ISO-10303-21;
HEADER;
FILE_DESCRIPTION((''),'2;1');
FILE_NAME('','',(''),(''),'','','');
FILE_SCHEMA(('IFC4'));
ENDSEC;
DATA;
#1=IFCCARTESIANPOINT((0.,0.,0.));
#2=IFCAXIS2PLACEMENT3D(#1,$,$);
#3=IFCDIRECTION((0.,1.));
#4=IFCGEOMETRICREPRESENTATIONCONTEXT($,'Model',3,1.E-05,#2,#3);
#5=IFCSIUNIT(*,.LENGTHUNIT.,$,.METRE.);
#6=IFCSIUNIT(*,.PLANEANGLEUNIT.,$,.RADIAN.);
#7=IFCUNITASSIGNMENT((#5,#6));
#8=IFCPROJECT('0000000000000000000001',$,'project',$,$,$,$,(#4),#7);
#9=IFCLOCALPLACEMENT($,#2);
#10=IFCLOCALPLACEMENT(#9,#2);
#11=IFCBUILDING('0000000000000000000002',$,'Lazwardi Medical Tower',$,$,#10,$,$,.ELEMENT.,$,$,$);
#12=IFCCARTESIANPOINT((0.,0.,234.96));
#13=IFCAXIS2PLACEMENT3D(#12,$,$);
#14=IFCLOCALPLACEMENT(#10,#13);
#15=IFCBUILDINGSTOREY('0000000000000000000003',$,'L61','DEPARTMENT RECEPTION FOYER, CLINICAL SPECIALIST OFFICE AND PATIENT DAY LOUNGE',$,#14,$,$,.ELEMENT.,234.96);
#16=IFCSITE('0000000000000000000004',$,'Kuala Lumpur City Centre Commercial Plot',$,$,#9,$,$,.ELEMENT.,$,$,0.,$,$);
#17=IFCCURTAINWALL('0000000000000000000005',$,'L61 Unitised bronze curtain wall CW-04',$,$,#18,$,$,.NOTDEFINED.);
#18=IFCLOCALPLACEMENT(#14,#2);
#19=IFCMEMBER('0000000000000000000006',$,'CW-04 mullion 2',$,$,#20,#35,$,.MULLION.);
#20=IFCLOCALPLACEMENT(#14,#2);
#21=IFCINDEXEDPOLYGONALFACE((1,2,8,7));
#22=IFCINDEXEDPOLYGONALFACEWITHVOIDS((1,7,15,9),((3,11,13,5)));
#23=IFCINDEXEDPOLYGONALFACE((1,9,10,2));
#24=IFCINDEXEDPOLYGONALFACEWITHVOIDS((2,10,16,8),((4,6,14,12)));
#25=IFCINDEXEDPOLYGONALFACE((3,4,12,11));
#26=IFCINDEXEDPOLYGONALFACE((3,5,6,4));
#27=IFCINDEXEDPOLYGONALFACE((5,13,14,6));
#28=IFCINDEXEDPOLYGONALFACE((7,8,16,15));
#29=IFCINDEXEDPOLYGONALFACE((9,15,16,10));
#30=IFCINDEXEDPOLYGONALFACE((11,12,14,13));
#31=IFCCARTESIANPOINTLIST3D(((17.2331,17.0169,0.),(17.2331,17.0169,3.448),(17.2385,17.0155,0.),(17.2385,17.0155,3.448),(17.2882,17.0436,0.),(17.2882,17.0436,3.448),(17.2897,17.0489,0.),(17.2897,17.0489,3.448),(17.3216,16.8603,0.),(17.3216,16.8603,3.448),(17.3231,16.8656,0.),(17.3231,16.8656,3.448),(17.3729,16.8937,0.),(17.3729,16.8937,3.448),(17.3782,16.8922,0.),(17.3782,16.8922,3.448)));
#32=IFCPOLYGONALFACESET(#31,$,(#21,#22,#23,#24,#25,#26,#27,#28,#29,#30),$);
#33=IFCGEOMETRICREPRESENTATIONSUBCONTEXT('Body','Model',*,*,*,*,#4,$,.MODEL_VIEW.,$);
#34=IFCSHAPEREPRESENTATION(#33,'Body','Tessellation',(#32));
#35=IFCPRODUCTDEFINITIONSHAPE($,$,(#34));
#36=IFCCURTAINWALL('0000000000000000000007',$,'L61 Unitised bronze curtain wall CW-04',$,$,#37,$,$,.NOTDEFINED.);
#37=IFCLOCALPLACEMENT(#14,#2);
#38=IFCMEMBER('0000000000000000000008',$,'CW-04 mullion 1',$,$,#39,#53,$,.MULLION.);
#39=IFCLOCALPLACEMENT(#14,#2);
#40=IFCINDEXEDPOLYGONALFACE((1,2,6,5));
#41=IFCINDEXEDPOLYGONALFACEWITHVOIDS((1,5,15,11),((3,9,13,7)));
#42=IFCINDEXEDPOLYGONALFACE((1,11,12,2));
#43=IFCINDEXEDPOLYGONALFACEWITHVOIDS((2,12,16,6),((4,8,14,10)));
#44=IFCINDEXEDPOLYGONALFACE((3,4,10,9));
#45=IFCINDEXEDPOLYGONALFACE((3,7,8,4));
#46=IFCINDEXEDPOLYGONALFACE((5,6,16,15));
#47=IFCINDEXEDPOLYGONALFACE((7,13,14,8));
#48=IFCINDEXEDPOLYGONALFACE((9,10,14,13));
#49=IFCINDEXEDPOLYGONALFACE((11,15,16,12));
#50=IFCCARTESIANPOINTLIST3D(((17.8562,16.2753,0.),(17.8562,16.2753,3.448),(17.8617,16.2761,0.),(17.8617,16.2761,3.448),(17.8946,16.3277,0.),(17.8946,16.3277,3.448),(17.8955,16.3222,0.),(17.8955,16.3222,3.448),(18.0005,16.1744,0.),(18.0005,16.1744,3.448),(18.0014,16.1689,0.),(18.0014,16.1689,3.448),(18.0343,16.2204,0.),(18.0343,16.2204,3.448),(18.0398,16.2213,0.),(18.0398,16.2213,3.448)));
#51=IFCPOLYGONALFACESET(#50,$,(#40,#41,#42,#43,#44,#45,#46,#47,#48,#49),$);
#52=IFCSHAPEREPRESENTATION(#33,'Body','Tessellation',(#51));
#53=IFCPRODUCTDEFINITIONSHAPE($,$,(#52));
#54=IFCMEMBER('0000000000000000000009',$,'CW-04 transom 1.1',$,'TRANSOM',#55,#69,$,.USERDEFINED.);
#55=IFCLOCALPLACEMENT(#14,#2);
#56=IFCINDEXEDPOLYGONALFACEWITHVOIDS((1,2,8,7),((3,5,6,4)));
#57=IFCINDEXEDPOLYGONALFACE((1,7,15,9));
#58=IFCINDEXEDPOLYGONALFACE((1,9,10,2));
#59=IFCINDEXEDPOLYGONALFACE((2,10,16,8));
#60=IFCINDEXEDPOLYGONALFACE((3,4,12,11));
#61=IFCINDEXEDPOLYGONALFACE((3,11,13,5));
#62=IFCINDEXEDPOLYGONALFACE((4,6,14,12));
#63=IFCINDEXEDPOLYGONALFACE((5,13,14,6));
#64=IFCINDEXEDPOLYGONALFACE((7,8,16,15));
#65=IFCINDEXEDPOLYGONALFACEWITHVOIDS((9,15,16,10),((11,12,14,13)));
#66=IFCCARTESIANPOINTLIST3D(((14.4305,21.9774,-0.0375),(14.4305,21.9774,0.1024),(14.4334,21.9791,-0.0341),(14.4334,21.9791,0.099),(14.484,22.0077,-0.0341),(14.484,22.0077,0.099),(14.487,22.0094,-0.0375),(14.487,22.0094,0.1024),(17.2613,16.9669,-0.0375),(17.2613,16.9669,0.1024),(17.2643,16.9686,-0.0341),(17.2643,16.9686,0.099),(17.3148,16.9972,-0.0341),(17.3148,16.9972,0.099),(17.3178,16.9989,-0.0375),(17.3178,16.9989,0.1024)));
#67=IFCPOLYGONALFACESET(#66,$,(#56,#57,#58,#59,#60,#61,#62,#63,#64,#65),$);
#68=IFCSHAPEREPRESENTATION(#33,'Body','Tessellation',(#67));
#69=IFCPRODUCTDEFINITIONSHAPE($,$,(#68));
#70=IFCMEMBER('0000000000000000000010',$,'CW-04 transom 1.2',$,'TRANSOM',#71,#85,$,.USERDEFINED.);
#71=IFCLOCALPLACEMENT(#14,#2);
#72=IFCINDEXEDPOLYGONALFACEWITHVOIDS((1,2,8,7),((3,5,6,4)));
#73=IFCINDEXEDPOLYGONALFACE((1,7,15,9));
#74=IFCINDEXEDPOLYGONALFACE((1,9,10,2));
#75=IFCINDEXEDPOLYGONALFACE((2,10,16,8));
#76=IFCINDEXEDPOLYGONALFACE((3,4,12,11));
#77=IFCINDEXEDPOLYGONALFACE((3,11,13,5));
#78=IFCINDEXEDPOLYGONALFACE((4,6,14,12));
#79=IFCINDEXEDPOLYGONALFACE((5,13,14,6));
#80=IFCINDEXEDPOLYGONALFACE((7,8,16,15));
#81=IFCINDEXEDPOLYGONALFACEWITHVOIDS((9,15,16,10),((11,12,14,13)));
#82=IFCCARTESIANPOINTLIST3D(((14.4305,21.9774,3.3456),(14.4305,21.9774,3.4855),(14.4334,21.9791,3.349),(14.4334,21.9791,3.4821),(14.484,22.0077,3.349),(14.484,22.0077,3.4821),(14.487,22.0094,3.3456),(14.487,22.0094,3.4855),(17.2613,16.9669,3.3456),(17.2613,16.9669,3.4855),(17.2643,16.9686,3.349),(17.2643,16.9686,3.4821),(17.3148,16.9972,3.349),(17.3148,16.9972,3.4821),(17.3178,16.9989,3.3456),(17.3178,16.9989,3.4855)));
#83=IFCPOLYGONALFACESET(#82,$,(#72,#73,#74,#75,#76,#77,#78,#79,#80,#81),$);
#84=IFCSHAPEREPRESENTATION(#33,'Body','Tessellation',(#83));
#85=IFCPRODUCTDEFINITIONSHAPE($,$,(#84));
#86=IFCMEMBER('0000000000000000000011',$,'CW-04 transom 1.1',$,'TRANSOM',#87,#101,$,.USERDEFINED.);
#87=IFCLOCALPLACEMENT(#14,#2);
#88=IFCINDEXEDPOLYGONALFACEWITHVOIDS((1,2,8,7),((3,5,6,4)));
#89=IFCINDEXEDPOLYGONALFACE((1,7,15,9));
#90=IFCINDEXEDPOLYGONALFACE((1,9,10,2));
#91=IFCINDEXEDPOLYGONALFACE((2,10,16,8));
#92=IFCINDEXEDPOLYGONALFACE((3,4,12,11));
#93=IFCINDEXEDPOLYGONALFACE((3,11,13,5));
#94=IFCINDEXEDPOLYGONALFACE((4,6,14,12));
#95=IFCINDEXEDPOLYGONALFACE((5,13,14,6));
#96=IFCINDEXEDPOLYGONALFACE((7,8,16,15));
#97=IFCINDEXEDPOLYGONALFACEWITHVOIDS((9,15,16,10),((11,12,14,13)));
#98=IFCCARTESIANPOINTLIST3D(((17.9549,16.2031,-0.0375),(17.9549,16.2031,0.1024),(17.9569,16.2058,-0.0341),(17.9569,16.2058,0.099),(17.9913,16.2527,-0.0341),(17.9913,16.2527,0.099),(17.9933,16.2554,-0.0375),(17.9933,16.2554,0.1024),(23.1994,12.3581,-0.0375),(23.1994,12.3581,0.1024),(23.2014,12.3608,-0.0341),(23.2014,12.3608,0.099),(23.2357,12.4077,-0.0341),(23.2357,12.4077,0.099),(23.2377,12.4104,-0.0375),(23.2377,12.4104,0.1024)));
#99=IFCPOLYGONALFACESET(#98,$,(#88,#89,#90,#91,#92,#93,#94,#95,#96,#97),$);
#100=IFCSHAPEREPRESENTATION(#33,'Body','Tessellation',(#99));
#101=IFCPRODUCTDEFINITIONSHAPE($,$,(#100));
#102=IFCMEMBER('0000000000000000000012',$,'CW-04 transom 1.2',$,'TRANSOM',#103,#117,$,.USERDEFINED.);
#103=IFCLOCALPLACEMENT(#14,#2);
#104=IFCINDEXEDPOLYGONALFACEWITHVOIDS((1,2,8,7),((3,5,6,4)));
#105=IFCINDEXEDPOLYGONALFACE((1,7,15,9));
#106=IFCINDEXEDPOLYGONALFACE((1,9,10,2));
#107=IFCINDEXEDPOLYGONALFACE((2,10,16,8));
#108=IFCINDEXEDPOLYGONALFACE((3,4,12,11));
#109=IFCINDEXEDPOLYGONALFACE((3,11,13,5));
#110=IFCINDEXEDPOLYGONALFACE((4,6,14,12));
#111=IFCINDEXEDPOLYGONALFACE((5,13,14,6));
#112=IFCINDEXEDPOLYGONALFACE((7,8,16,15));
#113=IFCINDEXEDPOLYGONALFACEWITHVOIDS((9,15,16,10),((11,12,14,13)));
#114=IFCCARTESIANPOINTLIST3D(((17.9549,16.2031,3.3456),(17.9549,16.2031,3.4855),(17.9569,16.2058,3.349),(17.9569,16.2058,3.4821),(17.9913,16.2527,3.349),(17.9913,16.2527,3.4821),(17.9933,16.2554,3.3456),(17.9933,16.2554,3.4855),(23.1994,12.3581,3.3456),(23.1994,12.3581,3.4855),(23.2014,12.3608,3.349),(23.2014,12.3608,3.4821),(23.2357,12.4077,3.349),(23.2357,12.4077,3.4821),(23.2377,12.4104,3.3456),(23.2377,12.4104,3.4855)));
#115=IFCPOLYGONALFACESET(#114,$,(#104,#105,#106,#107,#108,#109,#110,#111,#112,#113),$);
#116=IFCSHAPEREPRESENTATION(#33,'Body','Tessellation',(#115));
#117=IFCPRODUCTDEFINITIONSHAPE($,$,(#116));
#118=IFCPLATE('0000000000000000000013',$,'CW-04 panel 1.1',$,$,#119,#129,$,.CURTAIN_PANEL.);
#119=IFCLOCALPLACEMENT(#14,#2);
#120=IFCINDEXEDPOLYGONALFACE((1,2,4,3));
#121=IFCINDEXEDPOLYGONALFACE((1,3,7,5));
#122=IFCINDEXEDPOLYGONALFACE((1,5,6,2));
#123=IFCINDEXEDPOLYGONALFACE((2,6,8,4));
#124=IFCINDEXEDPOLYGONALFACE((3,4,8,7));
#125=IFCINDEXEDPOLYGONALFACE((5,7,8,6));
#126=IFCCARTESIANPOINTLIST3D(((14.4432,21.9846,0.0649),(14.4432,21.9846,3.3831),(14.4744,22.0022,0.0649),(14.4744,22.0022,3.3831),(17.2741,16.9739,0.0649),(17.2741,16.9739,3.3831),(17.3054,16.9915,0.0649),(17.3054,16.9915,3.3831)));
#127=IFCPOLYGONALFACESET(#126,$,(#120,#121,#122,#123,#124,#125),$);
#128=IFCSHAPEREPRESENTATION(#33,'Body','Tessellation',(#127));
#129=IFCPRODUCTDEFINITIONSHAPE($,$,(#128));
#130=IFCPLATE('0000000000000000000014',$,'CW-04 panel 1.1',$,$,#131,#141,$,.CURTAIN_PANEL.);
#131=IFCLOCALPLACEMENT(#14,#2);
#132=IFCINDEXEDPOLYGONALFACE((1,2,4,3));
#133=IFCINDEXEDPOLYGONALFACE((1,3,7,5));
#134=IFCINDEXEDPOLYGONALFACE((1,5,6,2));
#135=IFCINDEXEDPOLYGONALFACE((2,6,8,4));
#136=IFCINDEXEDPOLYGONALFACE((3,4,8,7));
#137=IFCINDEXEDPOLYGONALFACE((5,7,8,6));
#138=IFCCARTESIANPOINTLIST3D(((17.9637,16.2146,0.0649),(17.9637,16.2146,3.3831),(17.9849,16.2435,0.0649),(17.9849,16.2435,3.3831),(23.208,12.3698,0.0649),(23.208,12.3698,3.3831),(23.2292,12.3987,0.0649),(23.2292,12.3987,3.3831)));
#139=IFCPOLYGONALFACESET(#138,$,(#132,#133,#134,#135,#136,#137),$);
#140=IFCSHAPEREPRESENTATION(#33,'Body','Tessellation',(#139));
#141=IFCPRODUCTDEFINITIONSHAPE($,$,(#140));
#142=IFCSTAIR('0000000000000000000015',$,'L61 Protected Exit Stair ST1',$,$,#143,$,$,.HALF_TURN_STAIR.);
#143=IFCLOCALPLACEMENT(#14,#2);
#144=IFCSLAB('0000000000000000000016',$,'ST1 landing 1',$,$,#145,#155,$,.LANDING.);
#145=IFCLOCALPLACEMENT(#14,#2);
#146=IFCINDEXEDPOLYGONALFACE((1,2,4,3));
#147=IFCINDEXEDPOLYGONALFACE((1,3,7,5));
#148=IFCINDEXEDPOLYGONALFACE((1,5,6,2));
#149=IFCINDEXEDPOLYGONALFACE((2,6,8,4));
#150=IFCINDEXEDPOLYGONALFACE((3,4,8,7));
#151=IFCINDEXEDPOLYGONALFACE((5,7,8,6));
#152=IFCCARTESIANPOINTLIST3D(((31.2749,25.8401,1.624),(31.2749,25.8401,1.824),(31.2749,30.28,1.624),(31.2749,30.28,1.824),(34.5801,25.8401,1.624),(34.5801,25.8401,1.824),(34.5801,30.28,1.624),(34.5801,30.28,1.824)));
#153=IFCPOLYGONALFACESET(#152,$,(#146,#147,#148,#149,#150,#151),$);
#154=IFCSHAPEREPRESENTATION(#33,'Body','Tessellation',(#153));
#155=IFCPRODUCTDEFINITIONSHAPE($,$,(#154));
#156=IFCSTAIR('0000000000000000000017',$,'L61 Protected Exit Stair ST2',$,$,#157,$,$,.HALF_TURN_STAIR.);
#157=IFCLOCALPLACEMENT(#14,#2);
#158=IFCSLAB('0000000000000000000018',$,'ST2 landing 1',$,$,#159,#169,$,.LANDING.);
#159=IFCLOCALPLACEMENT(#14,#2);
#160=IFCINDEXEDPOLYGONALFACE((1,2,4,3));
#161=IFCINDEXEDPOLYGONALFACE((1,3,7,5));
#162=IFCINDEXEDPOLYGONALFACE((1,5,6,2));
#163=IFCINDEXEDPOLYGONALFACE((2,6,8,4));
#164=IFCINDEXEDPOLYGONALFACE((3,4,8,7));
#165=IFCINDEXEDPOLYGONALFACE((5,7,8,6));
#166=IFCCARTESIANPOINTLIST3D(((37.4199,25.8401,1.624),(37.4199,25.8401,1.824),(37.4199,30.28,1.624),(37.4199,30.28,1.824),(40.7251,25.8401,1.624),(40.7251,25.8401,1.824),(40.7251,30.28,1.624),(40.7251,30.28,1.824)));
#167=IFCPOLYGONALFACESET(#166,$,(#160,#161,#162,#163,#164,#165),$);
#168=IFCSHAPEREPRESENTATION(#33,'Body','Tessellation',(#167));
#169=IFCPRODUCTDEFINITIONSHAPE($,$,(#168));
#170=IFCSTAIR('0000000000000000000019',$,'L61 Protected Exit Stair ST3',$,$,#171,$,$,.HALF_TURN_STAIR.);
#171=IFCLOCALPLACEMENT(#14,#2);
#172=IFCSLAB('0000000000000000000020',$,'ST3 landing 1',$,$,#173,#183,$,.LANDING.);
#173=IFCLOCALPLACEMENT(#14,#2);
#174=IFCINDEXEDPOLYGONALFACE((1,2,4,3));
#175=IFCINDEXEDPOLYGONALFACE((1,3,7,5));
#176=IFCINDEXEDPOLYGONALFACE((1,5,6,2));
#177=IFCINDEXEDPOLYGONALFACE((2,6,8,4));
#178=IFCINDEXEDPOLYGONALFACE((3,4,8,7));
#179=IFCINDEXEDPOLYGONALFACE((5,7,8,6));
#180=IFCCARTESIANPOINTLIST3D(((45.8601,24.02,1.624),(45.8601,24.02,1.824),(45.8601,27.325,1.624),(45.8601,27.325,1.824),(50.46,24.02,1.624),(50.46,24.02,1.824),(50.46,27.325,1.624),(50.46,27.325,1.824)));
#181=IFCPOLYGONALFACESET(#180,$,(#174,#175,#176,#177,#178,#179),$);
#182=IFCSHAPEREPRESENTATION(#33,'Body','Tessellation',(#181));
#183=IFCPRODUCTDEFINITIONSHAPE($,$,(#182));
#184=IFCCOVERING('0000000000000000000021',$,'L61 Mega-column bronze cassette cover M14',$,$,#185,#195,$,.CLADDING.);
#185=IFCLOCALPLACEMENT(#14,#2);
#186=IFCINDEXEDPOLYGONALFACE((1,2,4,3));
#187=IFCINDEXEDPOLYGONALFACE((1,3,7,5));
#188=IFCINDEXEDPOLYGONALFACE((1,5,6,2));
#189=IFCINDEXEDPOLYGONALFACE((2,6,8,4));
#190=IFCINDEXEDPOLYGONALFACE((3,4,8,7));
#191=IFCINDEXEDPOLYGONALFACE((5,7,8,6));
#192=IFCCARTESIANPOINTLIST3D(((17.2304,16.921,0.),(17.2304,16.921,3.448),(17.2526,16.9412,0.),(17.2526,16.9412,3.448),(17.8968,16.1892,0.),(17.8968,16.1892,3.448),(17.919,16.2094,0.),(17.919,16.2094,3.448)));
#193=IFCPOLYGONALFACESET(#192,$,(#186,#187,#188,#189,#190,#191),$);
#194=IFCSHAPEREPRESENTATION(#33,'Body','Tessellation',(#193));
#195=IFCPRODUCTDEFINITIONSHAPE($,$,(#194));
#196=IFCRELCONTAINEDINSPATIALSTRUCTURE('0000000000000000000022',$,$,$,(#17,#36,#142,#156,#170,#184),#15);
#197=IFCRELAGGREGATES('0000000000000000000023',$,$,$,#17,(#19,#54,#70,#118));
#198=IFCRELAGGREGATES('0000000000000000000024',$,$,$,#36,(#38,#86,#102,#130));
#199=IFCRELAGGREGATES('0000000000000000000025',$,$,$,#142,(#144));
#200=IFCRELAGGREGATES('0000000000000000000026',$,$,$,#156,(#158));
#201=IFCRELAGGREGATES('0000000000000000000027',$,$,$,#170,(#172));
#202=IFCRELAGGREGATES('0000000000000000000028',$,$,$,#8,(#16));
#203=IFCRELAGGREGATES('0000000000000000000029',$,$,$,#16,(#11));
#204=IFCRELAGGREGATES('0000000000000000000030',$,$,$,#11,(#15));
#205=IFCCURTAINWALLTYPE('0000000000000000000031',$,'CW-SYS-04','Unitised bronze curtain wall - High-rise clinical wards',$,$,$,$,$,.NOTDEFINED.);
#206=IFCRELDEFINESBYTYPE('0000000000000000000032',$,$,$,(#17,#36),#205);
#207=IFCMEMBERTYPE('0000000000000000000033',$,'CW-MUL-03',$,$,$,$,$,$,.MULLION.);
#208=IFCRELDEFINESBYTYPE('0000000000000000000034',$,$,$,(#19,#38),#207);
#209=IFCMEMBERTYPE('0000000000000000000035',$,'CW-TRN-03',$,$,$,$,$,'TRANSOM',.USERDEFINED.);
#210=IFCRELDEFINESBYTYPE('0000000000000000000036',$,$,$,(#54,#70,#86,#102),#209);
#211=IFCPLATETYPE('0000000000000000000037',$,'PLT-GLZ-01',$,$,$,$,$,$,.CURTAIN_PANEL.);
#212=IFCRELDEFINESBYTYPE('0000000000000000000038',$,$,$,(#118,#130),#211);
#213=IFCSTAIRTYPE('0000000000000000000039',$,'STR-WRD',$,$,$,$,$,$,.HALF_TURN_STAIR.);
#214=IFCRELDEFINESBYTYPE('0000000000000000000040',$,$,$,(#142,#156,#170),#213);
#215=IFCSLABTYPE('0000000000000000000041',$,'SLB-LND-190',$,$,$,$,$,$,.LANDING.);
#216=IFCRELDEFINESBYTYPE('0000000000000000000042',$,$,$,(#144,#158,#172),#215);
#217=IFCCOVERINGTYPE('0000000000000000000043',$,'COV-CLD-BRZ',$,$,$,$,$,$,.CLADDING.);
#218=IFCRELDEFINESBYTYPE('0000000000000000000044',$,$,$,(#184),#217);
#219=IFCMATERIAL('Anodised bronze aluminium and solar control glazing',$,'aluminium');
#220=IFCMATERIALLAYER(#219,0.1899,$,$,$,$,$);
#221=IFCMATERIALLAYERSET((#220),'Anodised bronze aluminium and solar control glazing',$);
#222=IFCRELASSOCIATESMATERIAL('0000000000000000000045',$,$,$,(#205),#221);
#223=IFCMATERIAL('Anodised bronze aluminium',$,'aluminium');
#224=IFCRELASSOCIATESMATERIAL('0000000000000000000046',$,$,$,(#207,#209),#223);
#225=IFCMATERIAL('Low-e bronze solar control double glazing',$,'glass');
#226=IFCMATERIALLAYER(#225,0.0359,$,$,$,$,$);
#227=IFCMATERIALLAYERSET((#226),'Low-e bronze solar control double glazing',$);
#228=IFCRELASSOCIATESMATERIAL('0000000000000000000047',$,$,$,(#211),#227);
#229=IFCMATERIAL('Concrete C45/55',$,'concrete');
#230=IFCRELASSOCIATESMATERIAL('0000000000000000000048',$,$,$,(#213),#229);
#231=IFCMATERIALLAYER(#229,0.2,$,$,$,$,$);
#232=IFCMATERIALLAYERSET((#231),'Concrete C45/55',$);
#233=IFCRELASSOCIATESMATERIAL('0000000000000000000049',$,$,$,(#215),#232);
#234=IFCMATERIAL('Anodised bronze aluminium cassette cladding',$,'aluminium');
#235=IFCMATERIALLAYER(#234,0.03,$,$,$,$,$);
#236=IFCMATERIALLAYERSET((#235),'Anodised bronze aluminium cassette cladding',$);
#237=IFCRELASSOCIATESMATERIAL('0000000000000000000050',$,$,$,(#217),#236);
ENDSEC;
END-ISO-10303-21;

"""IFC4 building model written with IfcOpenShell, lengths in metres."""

from ifc_helpers import new_model, si_unit, direction, frame, origin, origin_2d, place, context, subcontext, project, spatial, polyline, rectangle, hollow_rectangle, outline, extrude, material, layer, layer_set, material_profile, profile_set, type_object, element, aggregate, save


model = new_model("IFC4")

# Units and contexts
model_context = context("Model", 3, precision=1e-05, world=origin(), true_north=direction((0.0, 1.0)))
body_context = subcontext(model_context, "Body", "Model", "MODEL_VIEW")
ifc_project = project(units=[si_unit("LENGTHUNIT", "METRE"), si_unit("PLANEANGLEUNIT", "RADIAN")], contexts=[model_context])

# Site, building, storey
site_placement = place(None, origin())
site = spatial("IfcSite", under=ifc_project, at=site_placement, Name="Kuala Lumpur City Centre Commercial Plot", CompositionType="ELEMENT", RefElevation=0.0)
building_placement = place(site_placement, origin())
building = spatial("IfcBuilding", under=site, at=building_placement, Name="Lazwardi Medical Tower", CompositionType="ELEMENT")
storey_placement = place(building_placement, frame((0.0, 0.0, 234.96)))
storey = spatial("IfcBuildingStorey", under=building, at=storey_placement, Name="L61", Description="DEPARTMENT RECEPTION FOYER, CLINICAL SPECIALIST OFFICE AND PATIENT DAY LOUNGE", CompositionType="ELEMENT", Elevation=234.96)

# Curtain walls, members
ifc_material_1 = material(Name="Anodised bronze aluminium and solar control glazing", Category="aluminium")
ifc_layer_1 = layer(ifc_material_1, 0.1899)
ifc_layer_set_1 = layer_set([ifc_layer_1], Name="Anodised bronze aluminium and solar control glazing")
curtain_wall_type = type_object("IfcCurtainWallType", Name="CW-SYS-04", Description="Unitised bronze curtain wall - High-rise clinical wards", PredefinedType="NOTDEFINED", material=ifc_layer_set_1)
curtain_wall_1_placement = place(storey_placement, origin())
curtain_wall_1 = element("IfcCurtainWall", 1, at=curtain_wall_1_placement, inside=storey, type_object=curtain_wall_type, Name="L61 Unitised bronze curtain wall CW-04", PredefinedType="NOTDEFINED")
ifc_material_2 = material(Name="Anodised bronze aluminium", Category="aluminium")
ifc_material_profile_1 = material_profile(ifc_material_2, hollow_rectangle(XDim=0.0649, YDim=0.1799, WallThickness=0.0039, at=origin_2d()), Name="ALU-MULLION 180x65x4")
ifc_profile_set_1 = profile_set([ifc_material_profile_1], Name="Anodised bronze aluminium")
member_type_1 = type_object("IfcMemberType", Name="CW-MUL-03", PredefinedType="MULLION", material=ifc_profile_set_1)
member_1_placement = place(storey_placement, frame((17.3057, 16.9546, 0.0), z_axis=(0.0, 0.0, 1.0), x_axis=(0.870651, 0.4919, 0.0)))
member_1 = element("IfcMember", 2, at=member_1_placement, type_object=member_type_1, Name="CW-04 mullion 2", PredefinedType="MULLION", context=body_context, shape_type="SweptSolid", body=[
    extrude(hollow_rectangle(XDim=0.0649, YDim=0.1799, WallThickness=0.0039, at=origin_2d()), origin(), (0.0, 0.0, 1.0), 3.448),
])
curtain_wall_2_placement = place(storey_placement, origin())
curtain_wall_2 = element("IfcCurtainWall", 3, at=curtain_wall_2_placement, inside=storey, type_object=curtain_wall_type, Name="L61 Unitised bronze curtain wall CW-04", PredefinedType="NOTDEFINED")
member_2_placement = place(storey_placement, frame((17.948, 16.2483, 0.0), z_axis=(0.0, 0.0, 1.0), x_axis=(0.591268, 0.806475, 0.0)))
member_2 = element("IfcMember", 4, at=member_2_placement, type_object=member_type_1, Name="CW-04 mullion 1", PredefinedType="MULLION", context=body_context, shape_type="SweptSolid", body=[
    extrude(hollow_rectangle(XDim=0.0649, YDim=0.1799, WallThickness=0.0039, at=origin_2d()), origin(), (0.0, 0.0, 1.0), 3.448),
])

# Members
ifc_material_profile_2 = material_profile(ifc_material_2, hollow_rectangle(XDim=0.0649, YDim=0.1399, WallThickness=0.0034, at=origin_2d()), Name="ALU-TRANSOM 140x65x3.5")
ifc_profile_set_2 = profile_set([ifc_material_profile_2], Name="Anodised bronze aluminium")
member_type_2 = type_object("IfcMemberType", Name="CW-TRN-03", ElementType="TRANSOM", PredefinedType="USERDEFINED", material=ifc_profile_set_2)
member_3_placement = place(storey_placement, frame((14.4587, 21.9934, 0.0325), z_axis=(0.491898, -0.870653, 0.0), x_axis=(0.870653, 0.491898, 0.0)))
member_3 = element("IfcMember", 5, at=member_3_placement, type_object=member_type_2, Name="CW-04 transom 1.1", ObjectType="TRANSOM", PredefinedType="USERDEFINED", context=body_context, shape_type="SweptSolid", body=[
    extrude(hollow_rectangle(XDim=0.0649, YDim=0.1399, WallThickness=0.0034, at=origin_2d()), origin(), (0.0, 0.0, 1.0), 5.7549),
])
member_4_placement = place(storey_placement, frame((14.4587, 21.9934, 3.4155), z_axis=(0.491898, -0.870653, 0.0), x_axis=(0.870653, 0.491898, 0.0)))
member_4 = element("IfcMember", 6, at=member_4_placement, type_object=member_type_2, Name="CW-04 transom 1.2", ObjectType="TRANSOM", PredefinedType="USERDEFINED", context=body_context, shape_type="SweptSolid", body=[
    extrude(hollow_rectangle(XDim=0.0649, YDim=0.1399, WallThickness=0.0034, at=origin_2d()), origin(), (0.0, 0.0, 1.0), 5.7549),
])
member_5_placement = place(storey_placement, frame((17.9741, 16.2292, 0.0325), z_axis=(0.806472, -0.591273, 0.0), x_axis=(0.591273, 0.806472, 0.0)))
member_5 = element("IfcMember", 7, at=member_5_placement, type_object=member_type_2, Name="CW-04 transom 1.1", ObjectType="TRANSOM", PredefinedType="USERDEFINED", context=body_context, shape_type="SweptSolid", body=[
    extrude(hollow_rectangle(XDim=0.0649, YDim=0.1399, WallThickness=0.0034, at=origin_2d()), origin(), (0.0, 0.0, 1.0), 6.5029),
])
member_6_placement = place(storey_placement, frame((17.9741, 16.2292, 3.4155), z_axis=(0.806472, -0.591273, 0.0), x_axis=(0.591273, 0.806472, 0.0)))
member_6 = element("IfcMember", 8, at=member_6_placement, type_object=member_type_2, Name="CW-04 transom 1.2", ObjectType="TRANSOM", PredefinedType="USERDEFINED", context=body_context, shape_type="SweptSolid", body=[
    extrude(hollow_rectangle(XDim=0.0649, YDim=0.1399, WallThickness=0.0034, at=origin_2d()), origin(), (0.0, 0.0, 1.0), 6.5029),
])

# Plates
ifc_material_3 = material(Name="Low-e bronze solar control double glazing", Category="glass")
ifc_layer_2 = layer(ifc_material_3, 0.0359)
ifc_layer_set_2 = layer_set([ifc_layer_2], Name="Low-e bronze solar control double glazing")
plate_type = type_object("IfcPlateType", Name="PLT-GLZ-01", PredefinedType="CURTAIN_PANEL", material=ifc_layer_set_2)
plate_1_placement = place(storey_placement, frame((15.8743, 19.488, 0.0649), z_axis=(0.0, 0.0, 1.0), x_axis=(0.4919, -0.870651, 0.0)))
plate_1 = element("IfcPlate", 9, at=plate_1_placement, type_object=plate_type, Name="CW-04 panel 1.1", PredefinedType="CURTAIN_PANEL", context=body_context, shape_type="SweptSolid", body=[
    extrude(rectangle(XDim=5.7551, YDim=0.0359, at=origin_2d()), origin(), (0.0, 0.0, 1.0), 3.3181),
])
aggregate(curtain_wall_1, [member_1, member_3, member_4, plate_1])
plate_2_placement = place(storey_placement, frame((20.5964, 14.3066, 0.0649), z_axis=(0.0, 0.0, 1.0), x_axis=(0.806475, -0.591268, 0.0)))
plate_2 = element("IfcPlate", 10, at=plate_2_placement, type_object=plate_type, Name="CW-04 panel 1.1", PredefinedType="CURTAIN_PANEL", context=body_context, shape_type="SweptSolid", body=[
    extrude(rectangle(XDim=6.5027, YDim=0.0359, at=origin_2d()), origin(), (0.0, 0.0, 1.0), 3.3181),
])
aggregate(curtain_wall_2, [member_2, member_5, member_6, plate_2])

# Stairs, slabs
ifc_material_4 = material(Name="Concrete C45/55", Category="concrete")
stair_type = type_object("IfcStairType", Name="STR-WRD", PredefinedType="HALF_TURN_STAIR", material=ifc_material_4)
stair_1_placement = place(storey_placement, origin())
stair_1 = element("IfcStair", 11, at=stair_1_placement, inside=storey, type_object=stair_type, Name="L61 Protected Exit Stair ST1", PredefinedType="HALF_TURN_STAIR")
ifc_layer_3 = layer(ifc_material_4, 0.2)
ifc_layer_set_3 = layer_set([ifc_layer_3], Name="Concrete C45/55")
slab_type = type_object("IfcSlabType", Name="SLB-LND-190", PredefinedType="LANDING", material=ifc_layer_set_3)
slab_1_placement = place(storey_placement, frame((0.0, 0.0, 1.624)))
slab_1 = element("IfcSlab", 12, at=slab_1_placement, type_object=slab_type, Name="ST1 landing 1", PredefinedType="LANDING", context=body_context, shape_type="SweptSolid", body=[
    extrude(outline(polyline([(31.2749, 25.8401), (34.5801, 25.8401), (34.5801, 30.28), (31.2749, 30.28), (31.2749, 25.8401)])), origin(), (0.0, 0.0, 1.0), 0.2),
])
aggregate(stair_1, [slab_1])
stair_2_placement = place(storey_placement, origin())
stair_2 = element("IfcStair", 13, at=stair_2_placement, inside=storey, type_object=stair_type, Name="L61 Protected Exit Stair ST2", PredefinedType="HALF_TURN_STAIR")
slab_2_placement = place(storey_placement, frame((0.0, 0.0, 1.624)))
slab_2 = element("IfcSlab", 14, at=slab_2_placement, type_object=slab_type, Name="ST2 landing 1", PredefinedType="LANDING", context=body_context, shape_type="SweptSolid", body=[
    extrude(outline(polyline([(40.7251, 30.28), (37.4199, 30.28), (37.4199, 25.8401), (40.7251, 25.8401), (40.7251, 30.28)])), origin(), (0.0, 0.0, 1.0), 0.2),
])
aggregate(stair_2, [slab_2])
stair_3_placement = place(storey_placement, origin())
stair_3 = element("IfcStair", 15, at=stair_3_placement, inside=storey, type_object=stair_type, Name="L61 Protected Exit Stair ST3", PredefinedType="HALF_TURN_STAIR")
slab_3_placement = place(storey_placement, frame((0.0, 0.0, 1.624)))
slab_3 = element("IfcSlab", 16, at=slab_3_placement, type_object=slab_type, Name="ST3 landing 1", PredefinedType="LANDING", context=body_context, shape_type="SweptSolid", body=[
    extrude(outline(polyline([(45.8601, 27.325), (45.8601, 24.02), (50.46, 24.02), (50.46, 27.325), (45.8601, 27.325)])), origin(), (0.0, 0.0, 1.0), 0.2),
])
aggregate(stair_3, [slab_3])

# Covering
ifc_material_5 = material(Name="Anodised bronze aluminium cassette cladding", Category="aluminium")
ifc_layer_4 = layer(ifc_material_5, 0.03)
ifc_layer_set_4 = layer_set([ifc_layer_4], Name="Anodised bronze aluminium cassette cladding")
covering_type_1 = type_object("IfcCoveringType", Name="COV-CLD-BRZ", PredefinedType="CLADDING", material=ifc_layer_set_4)
covering_1_placement = place(storey_placement, frame((17.5747, 16.5652, 0.0), z_axis=(0.0, 0.0, 1.0), x_axis=(0.673241, -0.739423, 0.0)))
element("IfcCovering", 17, at=covering_1_placement, inside=storey, type_object=covering_type_1, Name="L61 Mega-column bronze cassette cover M14", PredefinedType="CLADDING", context=body_context, shape_type="SweptSolid", body=[
    extrude(rectangle(XDim=0.9897, YDim=0.03, at=origin_2d()), origin(), (0.0, 0.0, 1.0), 3.448),
])

save(model, "model.ifc")
